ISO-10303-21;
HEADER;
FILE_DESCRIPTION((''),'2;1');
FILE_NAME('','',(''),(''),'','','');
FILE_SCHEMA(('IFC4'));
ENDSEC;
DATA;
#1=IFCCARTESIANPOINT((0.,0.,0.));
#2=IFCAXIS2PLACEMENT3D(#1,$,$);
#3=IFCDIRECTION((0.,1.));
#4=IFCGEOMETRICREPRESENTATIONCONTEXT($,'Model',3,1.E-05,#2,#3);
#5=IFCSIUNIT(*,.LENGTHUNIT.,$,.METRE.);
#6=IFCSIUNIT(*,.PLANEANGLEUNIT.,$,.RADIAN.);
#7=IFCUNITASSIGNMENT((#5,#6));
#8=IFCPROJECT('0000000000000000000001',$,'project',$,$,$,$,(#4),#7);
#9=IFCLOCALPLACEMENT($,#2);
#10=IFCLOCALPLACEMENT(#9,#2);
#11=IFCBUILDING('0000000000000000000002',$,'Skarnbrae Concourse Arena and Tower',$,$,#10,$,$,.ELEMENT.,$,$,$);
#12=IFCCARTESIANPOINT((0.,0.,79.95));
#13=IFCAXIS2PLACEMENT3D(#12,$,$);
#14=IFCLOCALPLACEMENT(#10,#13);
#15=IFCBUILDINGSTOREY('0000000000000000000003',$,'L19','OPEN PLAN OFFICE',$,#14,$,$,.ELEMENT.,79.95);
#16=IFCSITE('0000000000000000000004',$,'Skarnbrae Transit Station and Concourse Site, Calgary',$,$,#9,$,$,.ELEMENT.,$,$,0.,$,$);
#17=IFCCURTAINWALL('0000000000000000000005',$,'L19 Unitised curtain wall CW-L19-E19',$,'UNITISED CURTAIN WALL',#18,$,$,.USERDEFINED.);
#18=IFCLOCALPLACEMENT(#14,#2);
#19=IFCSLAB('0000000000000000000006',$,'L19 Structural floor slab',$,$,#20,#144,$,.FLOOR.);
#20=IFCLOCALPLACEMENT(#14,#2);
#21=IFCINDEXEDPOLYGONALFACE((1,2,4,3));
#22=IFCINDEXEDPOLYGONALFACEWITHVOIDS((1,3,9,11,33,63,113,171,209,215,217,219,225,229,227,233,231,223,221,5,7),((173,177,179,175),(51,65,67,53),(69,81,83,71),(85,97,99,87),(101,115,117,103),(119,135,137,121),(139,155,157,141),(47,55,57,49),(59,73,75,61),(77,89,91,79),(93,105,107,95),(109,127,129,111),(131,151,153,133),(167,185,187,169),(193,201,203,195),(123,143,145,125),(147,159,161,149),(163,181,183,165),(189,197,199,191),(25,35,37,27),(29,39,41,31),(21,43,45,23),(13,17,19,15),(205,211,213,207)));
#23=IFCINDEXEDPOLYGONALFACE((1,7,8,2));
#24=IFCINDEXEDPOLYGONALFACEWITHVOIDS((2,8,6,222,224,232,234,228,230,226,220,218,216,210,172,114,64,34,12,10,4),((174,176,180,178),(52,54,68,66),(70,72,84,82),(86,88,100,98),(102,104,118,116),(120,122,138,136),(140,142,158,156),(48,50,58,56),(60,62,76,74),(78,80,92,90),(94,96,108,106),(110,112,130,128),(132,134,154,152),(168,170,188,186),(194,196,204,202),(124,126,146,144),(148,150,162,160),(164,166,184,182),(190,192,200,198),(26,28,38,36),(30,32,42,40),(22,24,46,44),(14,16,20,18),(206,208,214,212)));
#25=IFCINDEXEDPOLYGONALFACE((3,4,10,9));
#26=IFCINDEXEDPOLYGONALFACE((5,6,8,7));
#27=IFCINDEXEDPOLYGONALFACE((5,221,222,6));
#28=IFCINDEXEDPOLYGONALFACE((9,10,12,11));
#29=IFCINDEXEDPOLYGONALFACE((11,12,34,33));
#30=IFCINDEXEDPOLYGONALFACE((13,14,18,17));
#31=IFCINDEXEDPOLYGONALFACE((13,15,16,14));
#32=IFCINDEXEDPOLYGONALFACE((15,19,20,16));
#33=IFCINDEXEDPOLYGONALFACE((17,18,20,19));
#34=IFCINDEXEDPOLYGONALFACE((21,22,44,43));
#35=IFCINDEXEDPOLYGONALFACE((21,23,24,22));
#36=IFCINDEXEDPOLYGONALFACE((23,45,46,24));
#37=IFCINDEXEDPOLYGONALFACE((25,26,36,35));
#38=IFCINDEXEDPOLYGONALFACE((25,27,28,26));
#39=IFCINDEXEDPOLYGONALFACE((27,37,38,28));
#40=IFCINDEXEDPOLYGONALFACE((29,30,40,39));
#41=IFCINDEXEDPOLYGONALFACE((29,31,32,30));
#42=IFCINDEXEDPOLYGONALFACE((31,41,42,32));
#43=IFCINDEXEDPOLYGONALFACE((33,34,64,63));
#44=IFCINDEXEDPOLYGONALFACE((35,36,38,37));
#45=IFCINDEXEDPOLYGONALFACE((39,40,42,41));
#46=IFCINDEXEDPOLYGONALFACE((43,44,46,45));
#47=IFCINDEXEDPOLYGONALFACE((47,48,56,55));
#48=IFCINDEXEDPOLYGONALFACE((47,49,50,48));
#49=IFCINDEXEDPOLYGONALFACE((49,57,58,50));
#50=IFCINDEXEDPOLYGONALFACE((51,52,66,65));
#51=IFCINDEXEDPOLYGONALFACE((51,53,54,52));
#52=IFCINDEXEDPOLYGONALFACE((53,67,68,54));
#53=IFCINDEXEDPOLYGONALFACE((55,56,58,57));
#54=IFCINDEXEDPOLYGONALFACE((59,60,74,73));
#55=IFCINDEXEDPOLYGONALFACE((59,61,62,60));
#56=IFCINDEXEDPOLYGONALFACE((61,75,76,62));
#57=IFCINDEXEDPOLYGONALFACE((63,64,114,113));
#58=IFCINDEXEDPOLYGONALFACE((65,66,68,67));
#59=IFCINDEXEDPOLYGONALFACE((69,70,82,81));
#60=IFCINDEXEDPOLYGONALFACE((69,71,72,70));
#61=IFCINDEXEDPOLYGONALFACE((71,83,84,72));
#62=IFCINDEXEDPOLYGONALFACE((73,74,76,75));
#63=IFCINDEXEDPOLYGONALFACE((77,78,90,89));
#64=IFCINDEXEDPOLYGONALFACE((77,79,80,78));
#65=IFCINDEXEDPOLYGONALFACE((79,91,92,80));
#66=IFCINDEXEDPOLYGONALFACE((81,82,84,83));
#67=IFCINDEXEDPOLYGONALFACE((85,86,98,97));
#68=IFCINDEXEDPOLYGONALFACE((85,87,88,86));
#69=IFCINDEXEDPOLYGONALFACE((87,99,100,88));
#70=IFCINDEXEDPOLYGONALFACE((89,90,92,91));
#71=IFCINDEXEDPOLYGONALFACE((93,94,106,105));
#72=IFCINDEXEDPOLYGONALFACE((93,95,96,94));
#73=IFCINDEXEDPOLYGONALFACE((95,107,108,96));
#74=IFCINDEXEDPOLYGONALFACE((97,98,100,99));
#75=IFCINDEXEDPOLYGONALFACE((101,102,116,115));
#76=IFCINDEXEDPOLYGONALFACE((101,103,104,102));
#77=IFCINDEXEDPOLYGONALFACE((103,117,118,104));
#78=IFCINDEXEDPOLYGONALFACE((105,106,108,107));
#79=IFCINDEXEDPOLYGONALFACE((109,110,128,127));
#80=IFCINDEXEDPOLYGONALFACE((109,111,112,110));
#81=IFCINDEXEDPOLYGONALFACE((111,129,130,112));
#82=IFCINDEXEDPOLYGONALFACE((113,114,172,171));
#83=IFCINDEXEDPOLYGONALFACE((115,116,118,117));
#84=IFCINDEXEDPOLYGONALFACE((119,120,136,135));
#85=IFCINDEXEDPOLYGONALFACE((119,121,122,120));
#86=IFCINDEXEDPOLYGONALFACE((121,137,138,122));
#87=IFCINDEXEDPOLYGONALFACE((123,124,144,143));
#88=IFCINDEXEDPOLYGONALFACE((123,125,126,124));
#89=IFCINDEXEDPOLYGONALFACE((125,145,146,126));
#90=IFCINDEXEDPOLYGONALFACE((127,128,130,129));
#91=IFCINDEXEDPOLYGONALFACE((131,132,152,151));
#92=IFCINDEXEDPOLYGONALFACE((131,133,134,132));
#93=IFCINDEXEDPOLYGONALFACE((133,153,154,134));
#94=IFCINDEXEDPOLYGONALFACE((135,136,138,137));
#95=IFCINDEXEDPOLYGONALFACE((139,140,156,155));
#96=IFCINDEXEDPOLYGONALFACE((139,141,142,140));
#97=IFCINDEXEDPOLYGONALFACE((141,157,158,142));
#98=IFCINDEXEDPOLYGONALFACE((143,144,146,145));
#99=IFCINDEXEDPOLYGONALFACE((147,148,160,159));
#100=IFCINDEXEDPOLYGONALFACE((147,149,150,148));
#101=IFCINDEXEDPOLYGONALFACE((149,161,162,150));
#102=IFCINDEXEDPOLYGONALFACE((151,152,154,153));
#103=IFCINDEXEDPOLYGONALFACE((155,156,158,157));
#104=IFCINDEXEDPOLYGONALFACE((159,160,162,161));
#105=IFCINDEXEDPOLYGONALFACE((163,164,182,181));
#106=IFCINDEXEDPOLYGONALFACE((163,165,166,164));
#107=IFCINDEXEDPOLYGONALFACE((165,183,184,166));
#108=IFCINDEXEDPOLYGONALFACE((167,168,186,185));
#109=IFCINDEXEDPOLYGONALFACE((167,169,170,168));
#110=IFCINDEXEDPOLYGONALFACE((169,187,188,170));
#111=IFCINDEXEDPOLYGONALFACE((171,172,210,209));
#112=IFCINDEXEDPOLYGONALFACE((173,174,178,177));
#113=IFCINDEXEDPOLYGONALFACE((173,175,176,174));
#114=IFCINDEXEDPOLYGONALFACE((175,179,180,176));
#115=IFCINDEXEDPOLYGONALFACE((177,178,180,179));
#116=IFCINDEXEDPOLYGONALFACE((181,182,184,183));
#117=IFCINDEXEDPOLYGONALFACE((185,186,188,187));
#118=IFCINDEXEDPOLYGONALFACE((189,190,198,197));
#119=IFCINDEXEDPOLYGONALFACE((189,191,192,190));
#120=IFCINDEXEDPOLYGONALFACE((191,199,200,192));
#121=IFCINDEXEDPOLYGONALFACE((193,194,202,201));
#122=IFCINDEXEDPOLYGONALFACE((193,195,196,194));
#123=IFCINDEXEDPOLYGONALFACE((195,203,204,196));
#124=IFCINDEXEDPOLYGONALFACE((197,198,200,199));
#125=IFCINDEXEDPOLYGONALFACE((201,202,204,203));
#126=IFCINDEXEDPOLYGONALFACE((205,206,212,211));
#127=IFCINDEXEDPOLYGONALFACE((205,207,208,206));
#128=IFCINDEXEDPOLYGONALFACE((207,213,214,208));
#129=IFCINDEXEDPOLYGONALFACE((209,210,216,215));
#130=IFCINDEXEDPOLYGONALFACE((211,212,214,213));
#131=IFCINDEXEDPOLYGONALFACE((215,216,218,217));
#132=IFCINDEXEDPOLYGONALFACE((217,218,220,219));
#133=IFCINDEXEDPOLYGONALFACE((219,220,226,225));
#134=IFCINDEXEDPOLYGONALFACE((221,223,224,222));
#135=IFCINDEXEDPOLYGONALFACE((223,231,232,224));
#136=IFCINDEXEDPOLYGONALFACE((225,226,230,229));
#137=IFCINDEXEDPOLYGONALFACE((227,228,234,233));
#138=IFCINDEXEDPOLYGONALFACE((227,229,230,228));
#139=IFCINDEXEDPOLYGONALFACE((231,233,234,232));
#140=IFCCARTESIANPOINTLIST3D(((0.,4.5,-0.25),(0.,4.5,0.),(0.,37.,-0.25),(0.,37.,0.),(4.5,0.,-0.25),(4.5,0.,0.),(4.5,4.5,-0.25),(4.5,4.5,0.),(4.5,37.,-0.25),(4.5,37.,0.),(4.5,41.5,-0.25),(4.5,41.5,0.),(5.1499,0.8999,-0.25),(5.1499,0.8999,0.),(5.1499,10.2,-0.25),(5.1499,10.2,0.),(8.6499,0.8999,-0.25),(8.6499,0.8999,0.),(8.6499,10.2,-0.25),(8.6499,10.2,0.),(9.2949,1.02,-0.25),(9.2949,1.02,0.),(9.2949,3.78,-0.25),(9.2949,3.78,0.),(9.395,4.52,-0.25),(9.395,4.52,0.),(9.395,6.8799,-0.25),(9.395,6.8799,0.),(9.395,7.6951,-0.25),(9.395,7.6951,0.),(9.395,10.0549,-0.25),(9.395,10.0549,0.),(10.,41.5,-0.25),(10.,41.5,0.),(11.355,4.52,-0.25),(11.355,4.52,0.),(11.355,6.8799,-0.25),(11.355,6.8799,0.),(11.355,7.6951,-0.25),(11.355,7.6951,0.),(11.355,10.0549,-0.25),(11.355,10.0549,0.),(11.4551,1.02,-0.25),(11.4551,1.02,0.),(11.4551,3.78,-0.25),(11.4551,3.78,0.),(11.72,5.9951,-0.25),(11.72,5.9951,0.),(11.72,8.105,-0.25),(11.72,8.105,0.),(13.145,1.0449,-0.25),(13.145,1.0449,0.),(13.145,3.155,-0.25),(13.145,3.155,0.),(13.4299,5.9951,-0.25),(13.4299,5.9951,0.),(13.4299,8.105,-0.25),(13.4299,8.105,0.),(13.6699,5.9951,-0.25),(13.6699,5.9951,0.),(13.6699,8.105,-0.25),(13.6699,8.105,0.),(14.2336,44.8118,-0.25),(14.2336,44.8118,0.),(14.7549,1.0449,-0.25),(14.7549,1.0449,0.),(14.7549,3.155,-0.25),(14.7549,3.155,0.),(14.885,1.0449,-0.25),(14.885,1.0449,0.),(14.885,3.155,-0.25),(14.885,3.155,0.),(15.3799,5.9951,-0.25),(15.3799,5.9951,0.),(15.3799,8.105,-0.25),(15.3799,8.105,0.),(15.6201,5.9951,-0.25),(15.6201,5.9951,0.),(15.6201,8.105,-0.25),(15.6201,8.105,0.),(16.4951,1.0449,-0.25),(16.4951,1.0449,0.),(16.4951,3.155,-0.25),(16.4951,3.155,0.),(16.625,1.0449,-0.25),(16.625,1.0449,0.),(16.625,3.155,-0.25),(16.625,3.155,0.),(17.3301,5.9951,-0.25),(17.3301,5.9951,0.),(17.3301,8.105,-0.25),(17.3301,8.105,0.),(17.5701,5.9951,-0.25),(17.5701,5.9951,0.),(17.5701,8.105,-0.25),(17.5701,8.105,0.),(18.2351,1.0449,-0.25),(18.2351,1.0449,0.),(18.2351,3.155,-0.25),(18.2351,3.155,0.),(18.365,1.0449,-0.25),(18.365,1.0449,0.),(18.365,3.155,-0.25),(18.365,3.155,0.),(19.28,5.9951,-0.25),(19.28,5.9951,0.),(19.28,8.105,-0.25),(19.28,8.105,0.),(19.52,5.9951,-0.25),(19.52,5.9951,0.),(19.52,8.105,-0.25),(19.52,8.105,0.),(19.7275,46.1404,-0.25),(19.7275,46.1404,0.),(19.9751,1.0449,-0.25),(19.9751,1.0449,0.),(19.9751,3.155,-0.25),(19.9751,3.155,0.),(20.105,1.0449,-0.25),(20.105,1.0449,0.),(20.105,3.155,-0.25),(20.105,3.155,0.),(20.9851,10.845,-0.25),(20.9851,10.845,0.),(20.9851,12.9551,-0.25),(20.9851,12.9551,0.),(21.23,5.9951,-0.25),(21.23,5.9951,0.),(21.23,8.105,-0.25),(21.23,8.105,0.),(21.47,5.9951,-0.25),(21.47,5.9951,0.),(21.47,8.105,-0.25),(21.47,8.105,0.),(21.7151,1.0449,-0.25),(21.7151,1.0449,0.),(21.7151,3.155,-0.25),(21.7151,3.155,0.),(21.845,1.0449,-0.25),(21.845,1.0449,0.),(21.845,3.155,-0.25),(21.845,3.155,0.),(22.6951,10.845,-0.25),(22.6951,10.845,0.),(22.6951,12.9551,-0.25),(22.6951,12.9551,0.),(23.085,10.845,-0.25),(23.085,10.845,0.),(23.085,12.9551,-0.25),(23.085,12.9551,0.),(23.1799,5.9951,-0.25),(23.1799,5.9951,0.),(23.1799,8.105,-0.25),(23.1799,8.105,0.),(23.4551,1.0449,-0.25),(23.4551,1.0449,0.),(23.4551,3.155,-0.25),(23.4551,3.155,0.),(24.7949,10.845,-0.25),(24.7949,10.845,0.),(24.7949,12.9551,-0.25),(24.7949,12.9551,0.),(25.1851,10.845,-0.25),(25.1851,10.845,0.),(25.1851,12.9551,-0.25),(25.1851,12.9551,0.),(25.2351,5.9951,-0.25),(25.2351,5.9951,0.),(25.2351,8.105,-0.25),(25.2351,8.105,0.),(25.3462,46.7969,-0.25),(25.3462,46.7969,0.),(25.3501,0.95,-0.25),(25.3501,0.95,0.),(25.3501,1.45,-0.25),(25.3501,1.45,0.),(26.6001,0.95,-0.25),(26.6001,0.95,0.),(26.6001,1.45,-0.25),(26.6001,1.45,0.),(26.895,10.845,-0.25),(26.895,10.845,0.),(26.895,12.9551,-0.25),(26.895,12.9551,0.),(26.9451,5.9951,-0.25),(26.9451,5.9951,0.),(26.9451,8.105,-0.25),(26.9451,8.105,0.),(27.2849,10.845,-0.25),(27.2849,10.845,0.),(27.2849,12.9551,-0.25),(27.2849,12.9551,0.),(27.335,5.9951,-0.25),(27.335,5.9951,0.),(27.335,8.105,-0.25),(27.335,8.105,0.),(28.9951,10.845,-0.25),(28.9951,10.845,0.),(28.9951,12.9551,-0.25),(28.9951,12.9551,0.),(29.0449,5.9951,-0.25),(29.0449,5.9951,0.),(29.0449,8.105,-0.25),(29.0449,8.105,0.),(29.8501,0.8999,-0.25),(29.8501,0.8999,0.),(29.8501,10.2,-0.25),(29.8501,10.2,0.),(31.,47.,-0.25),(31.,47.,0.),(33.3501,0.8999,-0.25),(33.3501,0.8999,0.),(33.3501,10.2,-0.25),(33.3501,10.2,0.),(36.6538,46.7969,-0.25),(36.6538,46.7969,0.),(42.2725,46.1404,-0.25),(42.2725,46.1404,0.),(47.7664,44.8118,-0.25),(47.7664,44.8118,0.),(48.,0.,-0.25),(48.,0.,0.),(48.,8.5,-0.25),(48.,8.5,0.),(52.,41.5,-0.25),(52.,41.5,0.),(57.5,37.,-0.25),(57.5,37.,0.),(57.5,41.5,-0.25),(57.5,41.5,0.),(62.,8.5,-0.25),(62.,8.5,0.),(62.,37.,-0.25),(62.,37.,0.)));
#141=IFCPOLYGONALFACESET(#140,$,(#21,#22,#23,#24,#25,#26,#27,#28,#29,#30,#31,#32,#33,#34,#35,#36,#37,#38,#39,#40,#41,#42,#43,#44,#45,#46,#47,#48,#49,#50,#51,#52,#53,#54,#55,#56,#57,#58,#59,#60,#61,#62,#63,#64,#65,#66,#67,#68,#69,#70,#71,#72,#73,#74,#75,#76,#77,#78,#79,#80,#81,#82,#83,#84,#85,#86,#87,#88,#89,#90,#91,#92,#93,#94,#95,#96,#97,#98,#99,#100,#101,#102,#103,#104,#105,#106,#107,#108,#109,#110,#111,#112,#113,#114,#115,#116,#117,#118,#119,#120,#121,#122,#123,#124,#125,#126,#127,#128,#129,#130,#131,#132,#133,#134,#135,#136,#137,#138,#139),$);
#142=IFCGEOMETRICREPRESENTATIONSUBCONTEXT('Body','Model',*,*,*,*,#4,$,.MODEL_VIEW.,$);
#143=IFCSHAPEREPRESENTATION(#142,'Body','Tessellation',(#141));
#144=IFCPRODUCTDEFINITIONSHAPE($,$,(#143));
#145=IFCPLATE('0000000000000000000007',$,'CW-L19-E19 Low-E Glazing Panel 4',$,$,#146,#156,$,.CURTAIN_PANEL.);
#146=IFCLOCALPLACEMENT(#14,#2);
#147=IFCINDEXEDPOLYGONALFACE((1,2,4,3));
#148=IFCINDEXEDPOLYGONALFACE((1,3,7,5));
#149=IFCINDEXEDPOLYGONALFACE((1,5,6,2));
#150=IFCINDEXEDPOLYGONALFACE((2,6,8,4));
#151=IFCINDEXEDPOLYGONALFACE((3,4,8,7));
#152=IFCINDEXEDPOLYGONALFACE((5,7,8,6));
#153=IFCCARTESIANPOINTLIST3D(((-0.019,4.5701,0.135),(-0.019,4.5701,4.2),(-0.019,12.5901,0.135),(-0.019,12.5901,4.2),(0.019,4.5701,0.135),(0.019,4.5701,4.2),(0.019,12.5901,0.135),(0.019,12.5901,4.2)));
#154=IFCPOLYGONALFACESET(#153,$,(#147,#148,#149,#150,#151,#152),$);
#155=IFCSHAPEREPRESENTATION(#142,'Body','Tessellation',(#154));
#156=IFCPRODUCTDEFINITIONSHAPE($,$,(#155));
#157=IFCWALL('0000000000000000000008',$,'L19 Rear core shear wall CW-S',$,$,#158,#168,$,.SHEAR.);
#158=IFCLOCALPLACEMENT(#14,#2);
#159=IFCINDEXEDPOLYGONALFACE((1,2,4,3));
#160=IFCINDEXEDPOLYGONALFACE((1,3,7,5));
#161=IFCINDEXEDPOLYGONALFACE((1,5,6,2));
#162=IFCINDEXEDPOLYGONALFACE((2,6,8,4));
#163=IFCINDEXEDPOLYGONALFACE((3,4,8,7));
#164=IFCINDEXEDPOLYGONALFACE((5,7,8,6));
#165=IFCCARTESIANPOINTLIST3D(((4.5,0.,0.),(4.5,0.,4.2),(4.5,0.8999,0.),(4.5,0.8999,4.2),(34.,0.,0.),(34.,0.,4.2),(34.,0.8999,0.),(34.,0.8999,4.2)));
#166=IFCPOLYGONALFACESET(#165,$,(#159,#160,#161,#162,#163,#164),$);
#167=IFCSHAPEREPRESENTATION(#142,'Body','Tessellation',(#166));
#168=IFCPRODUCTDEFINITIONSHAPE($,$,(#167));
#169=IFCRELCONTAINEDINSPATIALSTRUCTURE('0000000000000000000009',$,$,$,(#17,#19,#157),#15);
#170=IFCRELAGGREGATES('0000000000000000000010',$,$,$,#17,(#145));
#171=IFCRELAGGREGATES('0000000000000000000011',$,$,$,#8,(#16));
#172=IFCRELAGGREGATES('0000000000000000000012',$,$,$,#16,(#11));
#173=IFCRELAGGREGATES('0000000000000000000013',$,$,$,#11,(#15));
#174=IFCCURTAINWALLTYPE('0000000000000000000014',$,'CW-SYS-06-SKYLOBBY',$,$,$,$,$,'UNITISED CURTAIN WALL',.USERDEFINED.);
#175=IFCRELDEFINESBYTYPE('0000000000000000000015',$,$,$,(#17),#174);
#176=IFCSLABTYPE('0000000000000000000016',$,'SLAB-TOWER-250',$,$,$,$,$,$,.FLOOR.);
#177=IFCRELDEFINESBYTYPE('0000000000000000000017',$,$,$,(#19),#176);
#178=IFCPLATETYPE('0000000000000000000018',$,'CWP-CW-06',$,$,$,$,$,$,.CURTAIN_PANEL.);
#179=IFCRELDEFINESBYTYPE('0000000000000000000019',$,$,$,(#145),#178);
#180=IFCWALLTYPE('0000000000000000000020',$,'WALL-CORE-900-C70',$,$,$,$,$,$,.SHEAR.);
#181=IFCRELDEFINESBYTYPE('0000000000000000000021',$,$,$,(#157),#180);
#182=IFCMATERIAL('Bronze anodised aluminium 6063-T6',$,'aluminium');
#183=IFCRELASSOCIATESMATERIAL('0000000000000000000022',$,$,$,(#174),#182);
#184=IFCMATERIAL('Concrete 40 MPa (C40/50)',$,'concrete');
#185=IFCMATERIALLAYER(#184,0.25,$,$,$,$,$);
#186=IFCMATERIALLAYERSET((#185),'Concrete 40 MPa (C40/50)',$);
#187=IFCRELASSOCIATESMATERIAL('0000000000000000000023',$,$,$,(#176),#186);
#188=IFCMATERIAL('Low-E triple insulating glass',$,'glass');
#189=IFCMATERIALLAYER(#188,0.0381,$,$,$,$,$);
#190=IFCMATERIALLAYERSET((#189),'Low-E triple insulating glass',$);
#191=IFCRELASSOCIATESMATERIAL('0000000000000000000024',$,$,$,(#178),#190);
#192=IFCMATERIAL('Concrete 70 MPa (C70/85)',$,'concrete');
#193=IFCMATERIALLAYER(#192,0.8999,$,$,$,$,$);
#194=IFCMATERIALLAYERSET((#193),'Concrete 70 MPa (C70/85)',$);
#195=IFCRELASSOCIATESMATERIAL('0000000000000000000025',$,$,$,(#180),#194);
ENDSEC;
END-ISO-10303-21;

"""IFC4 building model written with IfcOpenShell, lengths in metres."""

from ifc_helpers import new_model, si_unit, direction, frame, frame_2d, origin, origin_2d, place, context, subcontext, project, spatial, polyline, rectangle, outline, extrude, source, transform, mapped, material, layer, layer_set, type_object, element, aggregate, save


model = new_model("IFC4")

# Units and contexts
model_context = context("Model", 3, precision=1e-05, world=origin(), true_north=direction((0.0, 1.0)))
body_context = subcontext(model_context, "Body", "Model", "MODEL_VIEW")
ifc_project = project(units=[si_unit("LENGTHUNIT", "METRE"), si_unit("PLANEANGLEUNIT", "RADIAN")], contexts=[model_context])

# Site, building, storey
site_placement = place(None, origin())
site = spatial("IfcSite", under=ifc_project, at=site_placement, Name="Skarnbrae Transit Station and Concourse Site, Calgary", CompositionType="ELEMENT", RefElevation=0.0)
building_placement = place(site_placement, origin())
building = spatial("IfcBuilding", under=site, at=building_placement, Name="Skarnbrae Concourse Arena and Tower", CompositionType="ELEMENT")
storey_placement = place(building_placement, frame((0.0, 0.0, 79.95)))
storey = spatial("IfcBuildingStorey", under=building, at=storey_placement, Name="L19", Description="OPEN PLAN OFFICE", CompositionType="ELEMENT", Elevation=79.95)

# Curtain wall
ifc_material_1 = material(Name="Bronze anodised aluminium 6063-T6", Category="aluminium")
curtain_wall_type = type_object("IfcCurtainWallType", Name="CW-SYS-06-SKYLOBBY", ElementType="UNITISED CURTAIN WALL", PredefinedType="USERDEFINED", material=ifc_material_1)
curtain_wall_placement = place(storey_placement, origin())
curtain_wall = element("IfcCurtainWall", 1, at=curtain_wall_placement, inside=storey, type_object=curtain_wall_type, Name="L19 Unitised curtain wall CW-L19-E19", ObjectType="UNITISED CURTAIN WALL", PredefinedType="USERDEFINED")

# Shared definitions
ifc_material_2 = material(Name="Concrete 40 MPa (C40/50)", Category="concrete")

# Slab
ifc_layer_1 = layer(ifc_material_2, 0.25)
ifc_layer_set_1 = layer_set([ifc_layer_1], Name="Concrete 40 MPa (C40/50)")
slab_type_1 = type_object("IfcSlabType", Name="SLAB-TOWER-250", PredefinedType="FLOOR", material=ifc_layer_set_1)
slab_1_placement = place(storey_placement, frame((0.0, 0.0, -0.25)))
element("IfcSlab", 2, at=slab_1_placement, inside=storey, type_object=slab_type_1, Name="L19 Structural floor slab", PredefinedType="FLOOR", context=body_context, shape_type="SweptSolid", body=[
    extrude(outline(polyline([(4.5, 0.0), (48.0, 0.0), (48.0, 8.5), (62.0, 8.5), (62.0, 37.0), (57.5, 37.0), (57.5, 41.5), (52.0, 41.5), (47.7664, 44.8118), (42.2725, 46.1404), (36.6538, 46.7969), (31.0, 47.0), (25.3462, 46.7969), (19.7275, 46.1404), (14.2336, 44.8118), (10.0, 41.5), (4.5, 41.5), (4.5, 37.0), (0.0, 37.0), (0.0, 4.5), (4.5, 4.5), (4.5, 0.0)]), holes=[polyline([(13.145, 3.155), (14.7549, 3.155), (14.7549, 1.0449), (13.145, 1.0449), (13.145, 3.155)]), polyline([(16.4951, 3.155), (16.4951, 1.0449), (14.885, 1.0449), (14.885, 3.155), (16.4951, 3.155)]), polyline([(18.2351, 3.155), (18.2351, 1.0449), (16.625, 1.0449), (16.625, 3.155), (18.2351, 3.155)]), polyline([(18.365, 3.155), (19.9751, 3.155), (19.9751, 1.0449), (18.365, 1.0449), (18.365, 3.155)]), polyline([(11.4551, 3.78), (11.4551, 1.02), (9.2949, 1.02), (9.2949, 3.78), (11.4551, 3.78)]), polyline([(8.6499, 0.8999), (5.1499, 0.8999), (5.1499, 10.2), (8.6499, 10.2), (8.6499, 0.8999)]), polyline([(9.395, 6.8799), (11.355, 6.8799), (11.355, 4.52), (9.395, 4.52), (9.395, 6.8799)]), polyline([(13.4299, 8.105), (13.4299, 5.9951), (11.72, 5.9951), (11.72, 8.105), (13.4299, 8.105)]), polyline([(15.3799, 8.105), (15.3799, 5.9951), (13.6699, 5.9951), (13.6699, 8.105), (15.3799, 8.105)]), polyline([(15.6201, 8.105), (17.3301, 8.105), (17.3301, 5.9951), (15.6201, 5.9951), (15.6201, 8.105)]), polyline([(19.28, 8.105), (19.28, 5.9951), (17.5701, 5.9951), (17.5701, 8.105), (19.28, 8.105)]), polyline([(11.355, 10.0549), (11.355, 7.6951), (9.395, 7.6951), (9.395, 10.0549), (11.355, 10.0549)]), polyline([(25.3501, 1.45), (26.6001, 1.45), (26.6001, 0.95), (25.3501, 0.95), (25.3501, 1.45)]), polyline([(21.7151, 3.155), (21.7151, 1.0449), (20.105, 1.0449), (20.105, 3.155), (21.7151, 3.155)]), polyline([(23.4551, 3.155), (23.4551, 1.0449), (21.845, 1.0449), (21.845, 3.155), (23.4551, 3.155)]), polyline([(33.3501, 10.2), (33.3501, 0.8999), (29.8501, 0.8999), (29.8501, 10.2), (33.3501, 10.2)]), polyline([(21.23, 8.105), (21.23, 5.9951), (19.52, 5.9951), (19.52, 8.105), (21.23, 8.105)]), polyline([(23.1799, 8.105), (23.1799, 5.9951), (21.47, 5.9951), (21.47, 8.105), (23.1799, 8.105)]), polyline([(25.2351, 8.105), (26.9451, 8.105), (26.9451, 5.9951), (25.2351, 5.9951), (25.2351, 8.105)]), polyline([(29.0449, 8.105), (29.0449, 5.9951), (27.335, 5.9951), (27.335, 8.105), (29.0449, 8.105)]), polyline([(22.6951, 12.9551), (22.6951, 10.845), (20.9851, 10.845), (20.9851, 12.9551), (22.6951, 12.9551)]), polyline([(23.085, 12.9551), (24.7949, 12.9551), (24.7949, 10.845), (23.085, 10.845), (23.085, 12.9551)]), polyline([(26.895, 12.9551), (26.895, 10.845), (25.1851, 10.845), (25.1851, 12.9551), (26.895, 12.9551)]), polyline([(28.9951, 12.9551), (28.9951, 10.845), (27.2849, 10.845), (27.2849, 12.9551), (28.9951, 12.9551)])]), origin(), (0.0, 0.0, 1.0), 0.25),
])

# Plate
ifc_material_3 = material(Name="Low-E triple insulating glass", Category="glass")
ifc_layer_2 = layer(ifc_material_3, 0.0381)
ifc_layer_set_2 = layer_set([ifc_layer_2], Name="Low-E triple insulating glass")
plate_type = type_object("IfcPlateType", Name="CWP-CW-06", PredefinedType="CURTAIN_PANEL", material=ifc_layer_set_2)
shared_shape_1 = source(origin(), body_context, "Body", "SweptSolid", [
    extrude(rectangle(XDim=8.02, YDim=0.0381, at=origin_2d()), origin(), (0.0, 0.0, 1.0), 4.0649),
])
plate_placement = place(storey_placement, frame((0.0, 8.5801, 0.135), z_axis=(0.0, 0.0, 1.0), x_axis=(0.0, -1.0, 0.0)))
plate = element("IfcPlate", 3, at=plate_placement, type_object=plate_type, Name="CW-L19-E19 Low-E Glazing Panel 4", PredefinedType="CURTAIN_PANEL", context=body_context, shape_type="MappedRepresentation", body=[
    mapped(shared_shape_1, transform((0.0, 0.0, 0.0))),
])
aggregate(curtain_wall, [plate])

# Wall
ifc_material_4 = material(Name="Concrete 70 MPa (C70/85)", Category="concrete")
ifc_layer_3 = layer(ifc_material_4, 0.8999)
ifc_layer_set_3 = layer_set([ifc_layer_3], Name="Concrete 70 MPa (C70/85)")
wall_type_1 = type_object("IfcWallType", Name="WALL-CORE-900-C70", PredefinedType="SHEAR", material=ifc_layer_set_3)
shared_shape_2 = source(origin(), body_context, "Body", "SweptSolid", [
    extrude(rectangle(XDim=29.5, YDim=0.8999, at=frame_2d((14.75, 0.0))), origin(), (0.0, 0.0, 1.0), 4.2),
])
wall_1_placement = place(storey_placement, frame((4.5, 0.45, 0.0), z_axis=(0.0, 0.0, 1.0), x_axis=(1.0, 0.0, 0.0)))
element("IfcWall", 4, at=wall_1_placement, inside=storey, type_object=wall_type_1, Name="L19 Rear core shear wall CW-S", PredefinedType="SHEAR", context=body_context, shape_type="MappedRepresentation", body=[
    mapped(shared_shape_2, transform((0.0, 0.0, 0.0))),
])

save(model, "model.ifc")
